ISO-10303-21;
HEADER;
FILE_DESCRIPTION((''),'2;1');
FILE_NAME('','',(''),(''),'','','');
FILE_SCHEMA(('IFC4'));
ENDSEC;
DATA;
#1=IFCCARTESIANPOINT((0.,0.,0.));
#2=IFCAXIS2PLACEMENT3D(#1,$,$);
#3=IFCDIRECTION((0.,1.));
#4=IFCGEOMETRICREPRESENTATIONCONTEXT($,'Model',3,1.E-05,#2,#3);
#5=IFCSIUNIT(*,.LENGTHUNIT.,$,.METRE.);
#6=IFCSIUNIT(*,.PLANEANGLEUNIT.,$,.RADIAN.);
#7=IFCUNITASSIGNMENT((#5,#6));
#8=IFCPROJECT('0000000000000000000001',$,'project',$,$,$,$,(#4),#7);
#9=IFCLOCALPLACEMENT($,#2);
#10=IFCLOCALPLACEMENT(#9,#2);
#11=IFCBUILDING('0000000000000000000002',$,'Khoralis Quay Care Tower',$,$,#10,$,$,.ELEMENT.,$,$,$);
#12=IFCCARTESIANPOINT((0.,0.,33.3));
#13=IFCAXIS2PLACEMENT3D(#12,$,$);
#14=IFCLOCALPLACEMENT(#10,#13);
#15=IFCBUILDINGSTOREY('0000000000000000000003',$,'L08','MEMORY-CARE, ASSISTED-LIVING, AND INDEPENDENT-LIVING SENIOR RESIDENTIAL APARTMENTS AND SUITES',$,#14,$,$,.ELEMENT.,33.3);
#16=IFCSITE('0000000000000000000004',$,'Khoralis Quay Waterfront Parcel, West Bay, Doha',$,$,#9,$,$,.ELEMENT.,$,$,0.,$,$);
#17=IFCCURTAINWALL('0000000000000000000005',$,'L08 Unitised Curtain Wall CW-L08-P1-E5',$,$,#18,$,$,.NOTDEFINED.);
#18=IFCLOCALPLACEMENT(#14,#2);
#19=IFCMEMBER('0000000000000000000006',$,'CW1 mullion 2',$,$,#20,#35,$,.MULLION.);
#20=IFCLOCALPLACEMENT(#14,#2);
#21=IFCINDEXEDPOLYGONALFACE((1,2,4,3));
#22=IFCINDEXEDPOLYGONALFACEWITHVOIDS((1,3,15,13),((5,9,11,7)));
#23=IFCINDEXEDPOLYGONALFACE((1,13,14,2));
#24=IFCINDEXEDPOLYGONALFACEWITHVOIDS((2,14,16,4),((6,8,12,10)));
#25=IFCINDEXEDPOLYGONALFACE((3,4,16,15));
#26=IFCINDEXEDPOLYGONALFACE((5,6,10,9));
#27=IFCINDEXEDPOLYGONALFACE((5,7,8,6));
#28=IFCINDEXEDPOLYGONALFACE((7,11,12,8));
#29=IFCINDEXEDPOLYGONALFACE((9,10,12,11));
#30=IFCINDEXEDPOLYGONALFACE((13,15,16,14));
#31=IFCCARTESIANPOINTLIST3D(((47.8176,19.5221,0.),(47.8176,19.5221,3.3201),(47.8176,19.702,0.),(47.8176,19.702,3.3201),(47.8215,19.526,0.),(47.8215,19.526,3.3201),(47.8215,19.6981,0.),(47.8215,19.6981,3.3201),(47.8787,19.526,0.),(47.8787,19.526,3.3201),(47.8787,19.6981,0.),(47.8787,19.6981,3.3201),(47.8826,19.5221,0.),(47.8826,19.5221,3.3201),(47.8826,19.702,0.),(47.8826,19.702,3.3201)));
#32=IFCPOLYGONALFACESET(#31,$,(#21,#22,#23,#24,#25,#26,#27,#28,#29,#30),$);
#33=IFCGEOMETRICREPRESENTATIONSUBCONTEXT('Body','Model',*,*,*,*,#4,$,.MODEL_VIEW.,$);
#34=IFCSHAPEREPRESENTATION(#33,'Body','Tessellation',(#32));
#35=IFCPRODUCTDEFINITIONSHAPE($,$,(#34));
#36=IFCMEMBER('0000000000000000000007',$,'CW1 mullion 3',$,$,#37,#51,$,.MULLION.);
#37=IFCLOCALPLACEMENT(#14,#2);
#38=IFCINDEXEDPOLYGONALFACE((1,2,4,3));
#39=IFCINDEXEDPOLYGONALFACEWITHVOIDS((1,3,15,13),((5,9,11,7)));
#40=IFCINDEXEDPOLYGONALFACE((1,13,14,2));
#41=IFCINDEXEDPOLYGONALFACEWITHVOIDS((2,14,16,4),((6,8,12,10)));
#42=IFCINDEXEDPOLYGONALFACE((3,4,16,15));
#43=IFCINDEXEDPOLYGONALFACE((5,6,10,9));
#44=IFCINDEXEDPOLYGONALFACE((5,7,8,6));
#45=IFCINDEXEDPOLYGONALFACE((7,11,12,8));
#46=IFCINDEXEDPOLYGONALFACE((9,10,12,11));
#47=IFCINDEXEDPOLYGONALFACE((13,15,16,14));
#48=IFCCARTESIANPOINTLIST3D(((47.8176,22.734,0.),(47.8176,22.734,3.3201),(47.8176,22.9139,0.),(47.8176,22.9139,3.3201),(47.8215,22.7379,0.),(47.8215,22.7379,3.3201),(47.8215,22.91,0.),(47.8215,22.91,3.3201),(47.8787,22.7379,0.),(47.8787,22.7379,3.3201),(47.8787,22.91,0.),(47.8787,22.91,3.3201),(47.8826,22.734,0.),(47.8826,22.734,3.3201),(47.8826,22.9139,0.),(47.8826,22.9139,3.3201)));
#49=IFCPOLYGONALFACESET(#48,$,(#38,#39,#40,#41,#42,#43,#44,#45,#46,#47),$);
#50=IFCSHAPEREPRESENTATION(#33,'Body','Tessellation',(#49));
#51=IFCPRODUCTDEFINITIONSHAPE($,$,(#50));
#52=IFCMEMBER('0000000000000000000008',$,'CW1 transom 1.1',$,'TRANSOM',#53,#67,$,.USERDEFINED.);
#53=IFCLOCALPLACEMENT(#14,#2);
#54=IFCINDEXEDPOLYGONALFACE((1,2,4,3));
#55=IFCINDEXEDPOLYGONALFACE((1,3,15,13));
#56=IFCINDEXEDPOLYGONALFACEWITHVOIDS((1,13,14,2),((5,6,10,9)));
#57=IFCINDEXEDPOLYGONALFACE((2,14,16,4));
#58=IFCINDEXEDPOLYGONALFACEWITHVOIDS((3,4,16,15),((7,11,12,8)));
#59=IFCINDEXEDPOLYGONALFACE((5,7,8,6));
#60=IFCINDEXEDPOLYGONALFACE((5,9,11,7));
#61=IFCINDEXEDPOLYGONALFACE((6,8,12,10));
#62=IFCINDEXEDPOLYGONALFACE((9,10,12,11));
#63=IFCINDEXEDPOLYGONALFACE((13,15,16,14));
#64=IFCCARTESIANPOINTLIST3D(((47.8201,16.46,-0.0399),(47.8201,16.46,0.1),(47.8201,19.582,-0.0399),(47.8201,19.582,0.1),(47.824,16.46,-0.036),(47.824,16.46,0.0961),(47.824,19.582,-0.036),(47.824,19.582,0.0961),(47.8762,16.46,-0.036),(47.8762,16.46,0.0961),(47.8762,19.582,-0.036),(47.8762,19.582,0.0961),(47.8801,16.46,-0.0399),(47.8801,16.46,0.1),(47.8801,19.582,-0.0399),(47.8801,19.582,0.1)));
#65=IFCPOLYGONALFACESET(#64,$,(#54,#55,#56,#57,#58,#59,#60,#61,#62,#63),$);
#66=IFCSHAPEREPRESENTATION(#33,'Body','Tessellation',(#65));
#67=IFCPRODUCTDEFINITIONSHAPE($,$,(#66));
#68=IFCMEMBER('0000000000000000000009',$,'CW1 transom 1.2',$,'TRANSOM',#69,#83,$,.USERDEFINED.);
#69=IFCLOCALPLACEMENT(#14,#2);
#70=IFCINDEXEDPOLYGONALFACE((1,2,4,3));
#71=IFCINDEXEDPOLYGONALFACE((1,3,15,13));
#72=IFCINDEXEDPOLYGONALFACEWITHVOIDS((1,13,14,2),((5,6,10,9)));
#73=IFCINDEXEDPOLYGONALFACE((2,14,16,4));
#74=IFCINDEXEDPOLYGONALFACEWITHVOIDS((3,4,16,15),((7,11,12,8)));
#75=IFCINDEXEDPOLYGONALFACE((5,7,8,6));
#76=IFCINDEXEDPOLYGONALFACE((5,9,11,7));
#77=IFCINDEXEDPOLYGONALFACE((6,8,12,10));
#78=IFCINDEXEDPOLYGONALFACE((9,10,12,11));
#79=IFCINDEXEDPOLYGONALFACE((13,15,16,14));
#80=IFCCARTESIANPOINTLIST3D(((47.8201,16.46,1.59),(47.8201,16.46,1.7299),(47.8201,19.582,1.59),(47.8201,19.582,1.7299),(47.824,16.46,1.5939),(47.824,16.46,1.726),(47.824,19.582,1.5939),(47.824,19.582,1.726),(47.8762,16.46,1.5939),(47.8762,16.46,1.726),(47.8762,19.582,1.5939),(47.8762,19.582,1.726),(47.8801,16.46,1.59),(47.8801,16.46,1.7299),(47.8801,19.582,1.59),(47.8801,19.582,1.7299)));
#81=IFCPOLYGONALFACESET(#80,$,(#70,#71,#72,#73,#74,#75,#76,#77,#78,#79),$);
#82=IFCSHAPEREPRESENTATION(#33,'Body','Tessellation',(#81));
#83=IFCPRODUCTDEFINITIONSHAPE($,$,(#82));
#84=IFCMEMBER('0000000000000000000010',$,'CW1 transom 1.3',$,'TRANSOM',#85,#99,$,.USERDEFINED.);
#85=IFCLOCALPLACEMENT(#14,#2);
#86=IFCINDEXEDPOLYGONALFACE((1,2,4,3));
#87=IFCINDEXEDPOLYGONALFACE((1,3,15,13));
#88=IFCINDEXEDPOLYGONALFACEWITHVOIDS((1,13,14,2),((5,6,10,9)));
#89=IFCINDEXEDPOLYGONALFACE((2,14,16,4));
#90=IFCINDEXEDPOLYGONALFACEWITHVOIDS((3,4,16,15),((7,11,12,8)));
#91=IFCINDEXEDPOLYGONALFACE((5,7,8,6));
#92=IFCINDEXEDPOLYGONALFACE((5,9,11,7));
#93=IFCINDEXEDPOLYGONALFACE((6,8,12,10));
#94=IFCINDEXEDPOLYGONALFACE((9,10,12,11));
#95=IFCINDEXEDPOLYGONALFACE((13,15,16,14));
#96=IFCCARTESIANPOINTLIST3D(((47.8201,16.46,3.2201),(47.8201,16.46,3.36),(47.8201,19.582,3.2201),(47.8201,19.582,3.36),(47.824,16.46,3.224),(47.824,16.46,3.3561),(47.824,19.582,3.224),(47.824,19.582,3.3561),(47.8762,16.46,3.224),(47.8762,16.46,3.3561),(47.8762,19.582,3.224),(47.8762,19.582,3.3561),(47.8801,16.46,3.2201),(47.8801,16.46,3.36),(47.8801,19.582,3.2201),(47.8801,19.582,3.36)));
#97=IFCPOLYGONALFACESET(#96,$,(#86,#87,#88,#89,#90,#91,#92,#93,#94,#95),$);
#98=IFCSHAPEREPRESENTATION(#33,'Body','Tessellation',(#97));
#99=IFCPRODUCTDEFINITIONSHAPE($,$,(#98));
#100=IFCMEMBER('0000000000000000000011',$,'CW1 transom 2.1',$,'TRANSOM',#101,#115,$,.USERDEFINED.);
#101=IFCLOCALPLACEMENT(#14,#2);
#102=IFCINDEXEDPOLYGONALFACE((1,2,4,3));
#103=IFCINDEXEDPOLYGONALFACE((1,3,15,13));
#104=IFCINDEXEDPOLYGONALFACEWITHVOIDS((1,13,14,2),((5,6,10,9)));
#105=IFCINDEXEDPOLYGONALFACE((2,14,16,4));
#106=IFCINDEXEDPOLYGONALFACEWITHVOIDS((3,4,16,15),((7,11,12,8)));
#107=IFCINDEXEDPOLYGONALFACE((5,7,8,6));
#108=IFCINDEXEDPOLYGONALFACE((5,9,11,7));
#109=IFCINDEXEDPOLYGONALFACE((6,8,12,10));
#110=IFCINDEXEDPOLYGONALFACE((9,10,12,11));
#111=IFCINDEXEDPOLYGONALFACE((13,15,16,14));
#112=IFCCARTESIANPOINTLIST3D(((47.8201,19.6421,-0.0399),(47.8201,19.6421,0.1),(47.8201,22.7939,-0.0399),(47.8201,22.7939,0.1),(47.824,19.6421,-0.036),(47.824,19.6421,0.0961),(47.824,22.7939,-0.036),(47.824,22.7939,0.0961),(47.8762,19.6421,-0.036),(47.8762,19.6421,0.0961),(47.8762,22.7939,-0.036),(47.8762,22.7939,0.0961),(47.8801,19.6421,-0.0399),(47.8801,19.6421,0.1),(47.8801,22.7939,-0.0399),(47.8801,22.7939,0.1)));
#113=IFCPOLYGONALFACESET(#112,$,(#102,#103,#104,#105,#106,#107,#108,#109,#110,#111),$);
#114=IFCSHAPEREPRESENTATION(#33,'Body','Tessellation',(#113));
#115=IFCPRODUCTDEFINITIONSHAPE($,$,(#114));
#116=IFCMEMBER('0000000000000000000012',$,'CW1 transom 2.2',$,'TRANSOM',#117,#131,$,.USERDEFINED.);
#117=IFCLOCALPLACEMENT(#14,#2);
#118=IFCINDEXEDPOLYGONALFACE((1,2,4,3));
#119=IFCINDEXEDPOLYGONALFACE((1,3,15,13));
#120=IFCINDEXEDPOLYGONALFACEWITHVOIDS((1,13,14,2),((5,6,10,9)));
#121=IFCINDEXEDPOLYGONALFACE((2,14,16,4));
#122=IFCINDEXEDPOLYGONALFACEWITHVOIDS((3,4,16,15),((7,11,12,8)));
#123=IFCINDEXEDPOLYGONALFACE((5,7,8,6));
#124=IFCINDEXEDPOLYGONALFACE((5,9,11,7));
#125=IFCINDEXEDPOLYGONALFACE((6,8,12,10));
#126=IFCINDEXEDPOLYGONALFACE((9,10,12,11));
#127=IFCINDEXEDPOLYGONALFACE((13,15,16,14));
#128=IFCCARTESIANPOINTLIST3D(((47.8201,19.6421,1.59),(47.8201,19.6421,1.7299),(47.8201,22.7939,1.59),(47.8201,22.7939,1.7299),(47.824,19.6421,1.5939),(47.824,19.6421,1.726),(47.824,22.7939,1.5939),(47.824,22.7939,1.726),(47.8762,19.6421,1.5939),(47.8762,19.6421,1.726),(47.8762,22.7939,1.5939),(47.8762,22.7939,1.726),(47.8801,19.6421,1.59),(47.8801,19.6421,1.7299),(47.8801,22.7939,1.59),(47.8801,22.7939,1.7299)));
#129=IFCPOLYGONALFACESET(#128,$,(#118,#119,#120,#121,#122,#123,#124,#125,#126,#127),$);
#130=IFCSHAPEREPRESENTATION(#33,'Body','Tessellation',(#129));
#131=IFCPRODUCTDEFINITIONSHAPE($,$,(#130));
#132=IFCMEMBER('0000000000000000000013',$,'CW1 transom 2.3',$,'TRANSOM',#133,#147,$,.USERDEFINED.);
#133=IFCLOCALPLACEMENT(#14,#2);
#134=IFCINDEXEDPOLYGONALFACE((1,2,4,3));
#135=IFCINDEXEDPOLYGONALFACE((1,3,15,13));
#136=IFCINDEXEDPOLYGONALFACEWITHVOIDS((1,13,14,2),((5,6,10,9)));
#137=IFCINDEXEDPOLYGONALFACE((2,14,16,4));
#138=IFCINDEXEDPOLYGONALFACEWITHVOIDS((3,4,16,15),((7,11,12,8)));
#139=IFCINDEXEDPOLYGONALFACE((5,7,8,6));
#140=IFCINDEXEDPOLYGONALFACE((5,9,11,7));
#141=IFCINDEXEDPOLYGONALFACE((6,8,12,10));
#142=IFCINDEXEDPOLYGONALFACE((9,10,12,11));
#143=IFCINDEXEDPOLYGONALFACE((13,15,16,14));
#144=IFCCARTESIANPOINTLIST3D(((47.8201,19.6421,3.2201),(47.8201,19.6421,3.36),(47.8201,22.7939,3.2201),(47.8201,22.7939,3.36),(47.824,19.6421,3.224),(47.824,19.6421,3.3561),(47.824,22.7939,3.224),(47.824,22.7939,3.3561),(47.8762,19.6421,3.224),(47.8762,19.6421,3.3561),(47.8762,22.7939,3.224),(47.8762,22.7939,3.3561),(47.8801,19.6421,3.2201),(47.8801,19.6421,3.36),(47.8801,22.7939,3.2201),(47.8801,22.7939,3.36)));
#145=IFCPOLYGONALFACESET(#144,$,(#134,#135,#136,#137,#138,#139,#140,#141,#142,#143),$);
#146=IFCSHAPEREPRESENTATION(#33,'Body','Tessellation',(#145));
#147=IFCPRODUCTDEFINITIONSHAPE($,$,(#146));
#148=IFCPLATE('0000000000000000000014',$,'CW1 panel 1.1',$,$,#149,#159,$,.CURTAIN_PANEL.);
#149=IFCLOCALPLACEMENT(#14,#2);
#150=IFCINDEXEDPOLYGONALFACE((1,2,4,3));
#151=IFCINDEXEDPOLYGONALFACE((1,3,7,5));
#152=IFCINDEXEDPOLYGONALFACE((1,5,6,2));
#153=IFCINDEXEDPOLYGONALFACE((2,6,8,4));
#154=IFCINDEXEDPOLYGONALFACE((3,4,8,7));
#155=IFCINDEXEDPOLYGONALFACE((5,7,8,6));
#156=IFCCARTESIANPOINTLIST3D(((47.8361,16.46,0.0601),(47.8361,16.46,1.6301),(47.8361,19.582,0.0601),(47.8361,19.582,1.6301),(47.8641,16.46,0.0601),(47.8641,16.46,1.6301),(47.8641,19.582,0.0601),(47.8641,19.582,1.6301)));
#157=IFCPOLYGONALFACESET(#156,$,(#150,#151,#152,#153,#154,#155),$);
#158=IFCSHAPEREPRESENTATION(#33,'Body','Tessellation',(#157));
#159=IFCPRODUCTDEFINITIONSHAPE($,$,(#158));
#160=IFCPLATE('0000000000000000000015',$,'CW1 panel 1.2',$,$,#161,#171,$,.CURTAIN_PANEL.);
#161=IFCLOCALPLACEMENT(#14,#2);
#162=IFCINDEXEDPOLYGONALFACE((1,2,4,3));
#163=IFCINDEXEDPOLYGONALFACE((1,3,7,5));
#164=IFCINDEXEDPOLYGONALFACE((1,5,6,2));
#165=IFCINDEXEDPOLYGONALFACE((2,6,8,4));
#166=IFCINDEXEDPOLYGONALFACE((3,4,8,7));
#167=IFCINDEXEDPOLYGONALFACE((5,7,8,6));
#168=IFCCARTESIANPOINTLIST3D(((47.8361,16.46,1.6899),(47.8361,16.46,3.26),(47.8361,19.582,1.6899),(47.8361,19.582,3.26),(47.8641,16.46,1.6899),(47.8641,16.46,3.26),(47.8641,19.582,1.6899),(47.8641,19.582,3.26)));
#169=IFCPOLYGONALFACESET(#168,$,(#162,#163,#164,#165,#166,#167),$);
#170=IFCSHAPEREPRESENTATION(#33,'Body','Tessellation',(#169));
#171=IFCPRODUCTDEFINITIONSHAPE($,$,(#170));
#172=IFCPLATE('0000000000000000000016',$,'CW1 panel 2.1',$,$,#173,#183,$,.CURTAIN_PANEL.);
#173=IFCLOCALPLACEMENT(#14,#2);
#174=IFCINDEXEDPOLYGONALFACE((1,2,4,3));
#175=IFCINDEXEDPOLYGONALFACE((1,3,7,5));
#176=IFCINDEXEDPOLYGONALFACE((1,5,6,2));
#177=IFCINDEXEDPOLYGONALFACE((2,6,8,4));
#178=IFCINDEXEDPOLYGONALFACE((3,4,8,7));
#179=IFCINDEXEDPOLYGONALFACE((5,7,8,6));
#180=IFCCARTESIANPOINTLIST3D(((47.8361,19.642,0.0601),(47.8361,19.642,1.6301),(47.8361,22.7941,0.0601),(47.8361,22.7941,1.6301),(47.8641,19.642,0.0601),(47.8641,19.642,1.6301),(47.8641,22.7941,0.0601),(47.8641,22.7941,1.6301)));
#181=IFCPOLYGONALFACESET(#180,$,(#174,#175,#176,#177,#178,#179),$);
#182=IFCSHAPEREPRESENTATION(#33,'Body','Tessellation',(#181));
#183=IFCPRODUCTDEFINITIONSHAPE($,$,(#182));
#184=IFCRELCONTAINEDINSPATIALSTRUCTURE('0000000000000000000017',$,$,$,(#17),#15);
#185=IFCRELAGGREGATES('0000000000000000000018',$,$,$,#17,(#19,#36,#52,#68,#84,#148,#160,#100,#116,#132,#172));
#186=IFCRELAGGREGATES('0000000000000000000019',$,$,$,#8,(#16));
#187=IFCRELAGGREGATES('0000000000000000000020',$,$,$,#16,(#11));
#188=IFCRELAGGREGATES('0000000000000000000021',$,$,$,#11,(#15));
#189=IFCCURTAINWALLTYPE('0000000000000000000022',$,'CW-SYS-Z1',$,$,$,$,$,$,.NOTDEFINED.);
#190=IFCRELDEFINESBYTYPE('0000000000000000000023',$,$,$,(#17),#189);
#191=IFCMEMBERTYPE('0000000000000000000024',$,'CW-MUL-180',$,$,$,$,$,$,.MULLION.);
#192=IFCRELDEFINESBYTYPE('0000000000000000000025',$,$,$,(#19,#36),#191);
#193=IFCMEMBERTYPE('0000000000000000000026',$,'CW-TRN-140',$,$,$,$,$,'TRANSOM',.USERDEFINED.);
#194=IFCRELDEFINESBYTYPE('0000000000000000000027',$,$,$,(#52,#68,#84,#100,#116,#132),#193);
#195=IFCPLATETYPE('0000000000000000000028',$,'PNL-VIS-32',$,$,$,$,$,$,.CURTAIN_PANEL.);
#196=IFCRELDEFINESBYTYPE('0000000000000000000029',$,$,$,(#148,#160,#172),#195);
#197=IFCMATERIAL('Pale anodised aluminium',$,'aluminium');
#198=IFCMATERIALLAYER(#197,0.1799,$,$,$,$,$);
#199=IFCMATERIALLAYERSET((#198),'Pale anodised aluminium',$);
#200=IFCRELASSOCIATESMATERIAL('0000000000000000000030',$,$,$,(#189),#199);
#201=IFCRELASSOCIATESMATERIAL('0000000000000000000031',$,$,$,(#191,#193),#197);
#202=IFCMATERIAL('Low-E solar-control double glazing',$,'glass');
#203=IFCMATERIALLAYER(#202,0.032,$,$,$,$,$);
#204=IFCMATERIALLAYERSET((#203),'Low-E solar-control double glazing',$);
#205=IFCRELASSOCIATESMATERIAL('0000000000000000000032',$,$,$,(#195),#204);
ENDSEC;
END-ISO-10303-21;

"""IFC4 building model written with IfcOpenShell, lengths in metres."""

from ifc_helpers import new_model, si_unit, direction, frame, origin, origin_2d, place, context, subcontext, project, spatial, rectangle, hollow_rectangle, extrude, source, transform, mapped, material, layer, layer_set, material_profile, profile_set, type_object, element, aggregate, save


model = new_model("IFC4")

# Units and contexts
model_context = context("Model", 3, precision=1e-05, world=origin(), true_north=direction((0.0, 1.0)))
body_context = subcontext(model_context, "Body", "Model", "MODEL_VIEW")
ifc_project = project(units=[si_unit("LENGTHUNIT", "METRE"), si_unit("PLANEANGLEUNIT", "RADIAN")], contexts=[model_context])

# Site, building, storey
site_placement = place(None, origin())
site = spatial("IfcSite", under=ifc_project, at=site_placement, Name="Khoralis Quay Waterfront Parcel, West Bay, Doha", CompositionType="ELEMENT", RefElevation=0.0)
building_placement = place(site_placement, origin())
building = spatial("IfcBuilding", under=site, at=building_placement, Name="Khoralis Quay Care Tower", CompositionType="ELEMENT")
storey_placement = place(building_placement, frame((0.0, 0.0, 33.3)))
storey = spatial("IfcBuildingStorey", under=building, at=storey_placement, Name="L08", Description="MEMORY-CARE, ASSISTED-LIVING, AND INDEPENDENT-LIVING SENIOR RESIDENTIAL APARTMENTS AND SUITES", CompositionType="ELEMENT", Elevation=33.3)

# Curtain wall, members, plates
ifc_material_1 = material(Name="Pale anodised aluminium", Category="aluminium")
ifc_layer_1 = layer(ifc_material_1, 0.1799)
ifc_layer_set_1 = layer_set([ifc_layer_1], Name="Pale anodised aluminium")
curtain_wall_type = type_object("IfcCurtainWallType", Name="CW-SYS-Z1", PredefinedType="NOTDEFINED", material=ifc_layer_set_1)
curtain_wall_placement = place(storey_placement, origin())
curtain_wall = element("IfcCurtainWall", 1, at=curtain_wall_placement, inside=storey, type_object=curtain_wall_type, Name="L08 Unitised Curtain Wall CW-L08-P1-E5", PredefinedType="NOTDEFINED")
ifc_material_profile_1 = material_profile(ifc_material_1, hollow_rectangle(XDim=0.0649, YDim=0.1799, WallThickness=0.0039, at=origin_2d()), Name="Pale anodised aluminium")
ifc_profile_set_1 = profile_set([ifc_material_profile_1], Name="Pale anodised aluminium")
member_type_1 = type_object("IfcMemberType", Name="CW-MUL-180", PredefinedType="MULLION", material=ifc_profile_set_1)
shared_shape_1 = source(origin(), body_context, "Body", "SweptSolid", [
    extrude(hollow_rectangle(XDim=0.0649, YDim=0.1799, WallThickness=0.0039, at=origin_2d()), origin(), (0.0, 0.0, 1.0), 3.3201),
])
member_1_placement = place(storey_placement, frame((47.8501, 19.6121, 0.0), z_axis=(0.0, 0.0, 1.0), x_axis=(-1.0, 0.0, 0.0)))
member_1 = element("IfcMember", 2, at=member_1_placement, type_object=member_type_1, Name="CW1 mullion 2", PredefinedType="MULLION", context=body_context, shape_type="MappedRepresentation", body=[
    mapped(shared_shape_1, transform((0.0, 0.0, 0.0), scale=1.0)),
])
member_2_placement = place(storey_placement, frame((47.8501, 22.824, 0.0), z_axis=(0.0, 0.0, 1.0), x_axis=(-1.0, 0.0, 0.0)))
member_2 = element("IfcMember", 3, at=member_2_placement, type_object=member_type_1, Name="CW1 mullion 3", PredefinedType="MULLION", context=body_context, shape_type="MappedRepresentation", body=[
    mapped(shared_shape_1, transform((0.0, 0.0, 0.0), scale=1.0)),
])
ifc_material_profile_2 = material_profile(ifc_material_1, hollow_rectangle(XDim=0.0601, YDim=0.1399, WallThickness=0.0039, at=origin_2d()), Name="Pale anodised aluminium")
ifc_profile_set_2 = profile_set([ifc_material_profile_2], Name="Pale anodised aluminium")
member_type_2 = type_object("IfcMemberType", Name="CW-TRN-140", ElementType="TRANSOM", PredefinedType="USERDEFINED", material=ifc_profile_set_2)
shared_shape_2 = source(origin(), body_context, "Body", "SweptSolid", [
    extrude(hollow_rectangle(XDim=0.0601, YDim=0.1399, WallThickness=0.0039, at=origin_2d()), origin(), (0.0, 0.0, 1.0), 3.1221),
])
member_3_placement = place(storey_placement, frame((47.8501, 16.46, 0.03), z_axis=(0.0, 1.0, 0.0), x_axis=(-1.0, 0.0, 0.0)))
member_3 = element("IfcMember", 4, at=member_3_placement, type_object=member_type_2, Name="CW1 transom 1.1", ObjectType="TRANSOM", PredefinedType="USERDEFINED", context=body_context, shape_type="MappedRepresentation", body=[
    mapped(shared_shape_2, transform((0.0, 0.0, 0.0), scale=1.0)),
])
member_4_placement = place(storey_placement, frame((47.8501, 16.46, 1.6599), z_axis=(0.0, 1.0, 0.0), x_axis=(-1.0, 0.0, 0.0)))
member_4 = element("IfcMember", 5, at=member_4_placement, type_object=member_type_2, Name="CW1 transom 1.2", ObjectType="TRANSOM", PredefinedType="USERDEFINED", context=body_context, shape_type="MappedRepresentation", body=[
    mapped(shared_shape_2, transform((0.0, 0.0, 0.0), scale=1.0)),
])
member_5_placement = place(storey_placement, frame((47.8501, 16.46, 3.29), z_axis=(0.0, 1.0, 0.0), x_axis=(-1.0, 0.0, 0.0)))
member_5 = element("IfcMember", 6, at=member_5_placement, type_object=member_type_2, Name="CW1 transom 1.3", ObjectType="TRANSOM", PredefinedType="USERDEFINED", context=body_context, shape_type="MappedRepresentation", body=[
    mapped(shared_shape_2, transform((0.0, 0.0, 0.0), scale=1.0)),
])
shared_shape_3 = source(origin(), body_context, "Body", "SweptSolid", [
    extrude(hollow_rectangle(XDim=0.0601, YDim=0.1399, WallThickness=0.0039, at=origin_2d()), origin(), (0.0, 0.0, 1.0), 3.1519),
])
member_6_placement = place(storey_placement, frame((47.8501, 19.6421, 0.03), z_axis=(0.0, 1.0, 0.0), x_axis=(-1.0, 0.0, 0.0)))
member_6 = element("IfcMember", 7, at=member_6_placement, type_object=member_type_2, Name="CW1 transom 2.1", ObjectType="TRANSOM", PredefinedType="USERDEFINED", context=body_context, shape_type="MappedRepresentation", body=[
    mapped(shared_shape_3, transform((0.0, 0.0, 0.0), scale=1.0)),
])
member_7_placement = place(storey_placement, frame((47.8501, 19.6421, 1.6599), z_axis=(0.0, 1.0, 0.0), x_axis=(-1.0, 0.0, 0.0)))
member_7 = element("IfcMember", 8, at=member_7_placement, type_object=member_type_2, Name="CW1 transom 2.2", ObjectType="TRANSOM", PredefinedType="USERDEFINED", context=body_context, shape_type="MappedRepresentation", body=[
    mapped(shared_shape_3, transform((0.0, 0.0, 0.0), scale=1.0)),
])
member_8_placement = place(storey_placement, frame((47.8501, 19.6421, 3.29), z_axis=(0.0, 1.0, 0.0), x_axis=(-1.0, 0.0, 0.0)))
member_8 = element("IfcMember", 9, at=member_8_placement, type_object=member_type_2, Name="CW1 transom 2.3", ObjectType="TRANSOM", PredefinedType="USERDEFINED", context=body_context, shape_type="MappedRepresentation", body=[
    mapped(shared_shape_3, transform((0.0, 0.0, 0.0), scale=1.0)),
])
ifc_material_2 = material(Name="Low-E solar-control double glazing", Category="glass")
ifc_layer_2 = layer(ifc_material_2, 0.032)
ifc_layer_set_2 = layer_set([ifc_layer_2], Name="Low-E solar-control double glazing")
plate_type = type_object("IfcPlateType", Name="PNL-VIS-32", PredefinedType="CURTAIN_PANEL", material=ifc_layer_set_2)
shared_shape_4 = source(origin(), body_context, "Body", "SweptSolid", [
    extrude(rectangle(XDim=3.1221, YDim=0.0281, at=origin_2d()), origin(), (0.0, 0.0, 1.0), 1.5701),
])
plate_1_placement = place(storey_placement, frame((47.8501, 18.021, 0.0601), z_axis=(0.0, 0.0, 1.0), x_axis=(0.0, 1.0, 0.0)))
plate_1 = element("IfcPlate", 10, at=plate_1_placement, type_object=plate_type, Name="CW1 panel 1.1", PredefinedType="CURTAIN_PANEL", context=body_context, shape_type="MappedRepresentation", body=[
    mapped(shared_shape_4, transform((0.0, 0.0, 0.0), scale=1.0)),
])
plate_2_placement = place(storey_placement, frame((47.8501, 18.021, 1.6899), z_axis=(0.0, 0.0, 1.0), x_axis=(0.0, 1.0, 0.0)))
plate_2 = element("IfcPlate", 11, at=plate_2_placement, type_object=plate_type, Name="CW1 panel 1.2", PredefinedType="CURTAIN_PANEL", context=body_context, shape_type="MappedRepresentation", body=[
    mapped(shared_shape_4, transform((0.0, 0.0, 0.0), scale=1.0)),
])
shared_shape_5 = source(origin(), body_context, "Body", "SweptSolid", [
    extrude(rectangle(XDim=3.1521, YDim=0.0281, at=origin_2d()), origin(), (0.0, 0.0, 1.0), 1.5701),
])
plate_3_placement = place(storey_placement, frame((47.8501, 21.218, 0.0601), z_axis=(0.0, 0.0, 1.0), x_axis=(0.0, 1.0, 0.0)))
plate_3 = element("IfcPlate", 12, at=plate_3_placement, type_object=plate_type, Name="CW1 panel 2.1", PredefinedType="CURTAIN_PANEL", context=body_context, shape_type="MappedRepresentation", body=[
    mapped(shared_shape_5, transform((0.0, 0.0, 0.0), scale=1.0)),
])
aggregate(curtain_wall, [member_1, member_2, member_3, member_4, member_5, plate_1, plate_2, member_6, member_7, member_8, plate_3])

save(model, "model.ifc")
